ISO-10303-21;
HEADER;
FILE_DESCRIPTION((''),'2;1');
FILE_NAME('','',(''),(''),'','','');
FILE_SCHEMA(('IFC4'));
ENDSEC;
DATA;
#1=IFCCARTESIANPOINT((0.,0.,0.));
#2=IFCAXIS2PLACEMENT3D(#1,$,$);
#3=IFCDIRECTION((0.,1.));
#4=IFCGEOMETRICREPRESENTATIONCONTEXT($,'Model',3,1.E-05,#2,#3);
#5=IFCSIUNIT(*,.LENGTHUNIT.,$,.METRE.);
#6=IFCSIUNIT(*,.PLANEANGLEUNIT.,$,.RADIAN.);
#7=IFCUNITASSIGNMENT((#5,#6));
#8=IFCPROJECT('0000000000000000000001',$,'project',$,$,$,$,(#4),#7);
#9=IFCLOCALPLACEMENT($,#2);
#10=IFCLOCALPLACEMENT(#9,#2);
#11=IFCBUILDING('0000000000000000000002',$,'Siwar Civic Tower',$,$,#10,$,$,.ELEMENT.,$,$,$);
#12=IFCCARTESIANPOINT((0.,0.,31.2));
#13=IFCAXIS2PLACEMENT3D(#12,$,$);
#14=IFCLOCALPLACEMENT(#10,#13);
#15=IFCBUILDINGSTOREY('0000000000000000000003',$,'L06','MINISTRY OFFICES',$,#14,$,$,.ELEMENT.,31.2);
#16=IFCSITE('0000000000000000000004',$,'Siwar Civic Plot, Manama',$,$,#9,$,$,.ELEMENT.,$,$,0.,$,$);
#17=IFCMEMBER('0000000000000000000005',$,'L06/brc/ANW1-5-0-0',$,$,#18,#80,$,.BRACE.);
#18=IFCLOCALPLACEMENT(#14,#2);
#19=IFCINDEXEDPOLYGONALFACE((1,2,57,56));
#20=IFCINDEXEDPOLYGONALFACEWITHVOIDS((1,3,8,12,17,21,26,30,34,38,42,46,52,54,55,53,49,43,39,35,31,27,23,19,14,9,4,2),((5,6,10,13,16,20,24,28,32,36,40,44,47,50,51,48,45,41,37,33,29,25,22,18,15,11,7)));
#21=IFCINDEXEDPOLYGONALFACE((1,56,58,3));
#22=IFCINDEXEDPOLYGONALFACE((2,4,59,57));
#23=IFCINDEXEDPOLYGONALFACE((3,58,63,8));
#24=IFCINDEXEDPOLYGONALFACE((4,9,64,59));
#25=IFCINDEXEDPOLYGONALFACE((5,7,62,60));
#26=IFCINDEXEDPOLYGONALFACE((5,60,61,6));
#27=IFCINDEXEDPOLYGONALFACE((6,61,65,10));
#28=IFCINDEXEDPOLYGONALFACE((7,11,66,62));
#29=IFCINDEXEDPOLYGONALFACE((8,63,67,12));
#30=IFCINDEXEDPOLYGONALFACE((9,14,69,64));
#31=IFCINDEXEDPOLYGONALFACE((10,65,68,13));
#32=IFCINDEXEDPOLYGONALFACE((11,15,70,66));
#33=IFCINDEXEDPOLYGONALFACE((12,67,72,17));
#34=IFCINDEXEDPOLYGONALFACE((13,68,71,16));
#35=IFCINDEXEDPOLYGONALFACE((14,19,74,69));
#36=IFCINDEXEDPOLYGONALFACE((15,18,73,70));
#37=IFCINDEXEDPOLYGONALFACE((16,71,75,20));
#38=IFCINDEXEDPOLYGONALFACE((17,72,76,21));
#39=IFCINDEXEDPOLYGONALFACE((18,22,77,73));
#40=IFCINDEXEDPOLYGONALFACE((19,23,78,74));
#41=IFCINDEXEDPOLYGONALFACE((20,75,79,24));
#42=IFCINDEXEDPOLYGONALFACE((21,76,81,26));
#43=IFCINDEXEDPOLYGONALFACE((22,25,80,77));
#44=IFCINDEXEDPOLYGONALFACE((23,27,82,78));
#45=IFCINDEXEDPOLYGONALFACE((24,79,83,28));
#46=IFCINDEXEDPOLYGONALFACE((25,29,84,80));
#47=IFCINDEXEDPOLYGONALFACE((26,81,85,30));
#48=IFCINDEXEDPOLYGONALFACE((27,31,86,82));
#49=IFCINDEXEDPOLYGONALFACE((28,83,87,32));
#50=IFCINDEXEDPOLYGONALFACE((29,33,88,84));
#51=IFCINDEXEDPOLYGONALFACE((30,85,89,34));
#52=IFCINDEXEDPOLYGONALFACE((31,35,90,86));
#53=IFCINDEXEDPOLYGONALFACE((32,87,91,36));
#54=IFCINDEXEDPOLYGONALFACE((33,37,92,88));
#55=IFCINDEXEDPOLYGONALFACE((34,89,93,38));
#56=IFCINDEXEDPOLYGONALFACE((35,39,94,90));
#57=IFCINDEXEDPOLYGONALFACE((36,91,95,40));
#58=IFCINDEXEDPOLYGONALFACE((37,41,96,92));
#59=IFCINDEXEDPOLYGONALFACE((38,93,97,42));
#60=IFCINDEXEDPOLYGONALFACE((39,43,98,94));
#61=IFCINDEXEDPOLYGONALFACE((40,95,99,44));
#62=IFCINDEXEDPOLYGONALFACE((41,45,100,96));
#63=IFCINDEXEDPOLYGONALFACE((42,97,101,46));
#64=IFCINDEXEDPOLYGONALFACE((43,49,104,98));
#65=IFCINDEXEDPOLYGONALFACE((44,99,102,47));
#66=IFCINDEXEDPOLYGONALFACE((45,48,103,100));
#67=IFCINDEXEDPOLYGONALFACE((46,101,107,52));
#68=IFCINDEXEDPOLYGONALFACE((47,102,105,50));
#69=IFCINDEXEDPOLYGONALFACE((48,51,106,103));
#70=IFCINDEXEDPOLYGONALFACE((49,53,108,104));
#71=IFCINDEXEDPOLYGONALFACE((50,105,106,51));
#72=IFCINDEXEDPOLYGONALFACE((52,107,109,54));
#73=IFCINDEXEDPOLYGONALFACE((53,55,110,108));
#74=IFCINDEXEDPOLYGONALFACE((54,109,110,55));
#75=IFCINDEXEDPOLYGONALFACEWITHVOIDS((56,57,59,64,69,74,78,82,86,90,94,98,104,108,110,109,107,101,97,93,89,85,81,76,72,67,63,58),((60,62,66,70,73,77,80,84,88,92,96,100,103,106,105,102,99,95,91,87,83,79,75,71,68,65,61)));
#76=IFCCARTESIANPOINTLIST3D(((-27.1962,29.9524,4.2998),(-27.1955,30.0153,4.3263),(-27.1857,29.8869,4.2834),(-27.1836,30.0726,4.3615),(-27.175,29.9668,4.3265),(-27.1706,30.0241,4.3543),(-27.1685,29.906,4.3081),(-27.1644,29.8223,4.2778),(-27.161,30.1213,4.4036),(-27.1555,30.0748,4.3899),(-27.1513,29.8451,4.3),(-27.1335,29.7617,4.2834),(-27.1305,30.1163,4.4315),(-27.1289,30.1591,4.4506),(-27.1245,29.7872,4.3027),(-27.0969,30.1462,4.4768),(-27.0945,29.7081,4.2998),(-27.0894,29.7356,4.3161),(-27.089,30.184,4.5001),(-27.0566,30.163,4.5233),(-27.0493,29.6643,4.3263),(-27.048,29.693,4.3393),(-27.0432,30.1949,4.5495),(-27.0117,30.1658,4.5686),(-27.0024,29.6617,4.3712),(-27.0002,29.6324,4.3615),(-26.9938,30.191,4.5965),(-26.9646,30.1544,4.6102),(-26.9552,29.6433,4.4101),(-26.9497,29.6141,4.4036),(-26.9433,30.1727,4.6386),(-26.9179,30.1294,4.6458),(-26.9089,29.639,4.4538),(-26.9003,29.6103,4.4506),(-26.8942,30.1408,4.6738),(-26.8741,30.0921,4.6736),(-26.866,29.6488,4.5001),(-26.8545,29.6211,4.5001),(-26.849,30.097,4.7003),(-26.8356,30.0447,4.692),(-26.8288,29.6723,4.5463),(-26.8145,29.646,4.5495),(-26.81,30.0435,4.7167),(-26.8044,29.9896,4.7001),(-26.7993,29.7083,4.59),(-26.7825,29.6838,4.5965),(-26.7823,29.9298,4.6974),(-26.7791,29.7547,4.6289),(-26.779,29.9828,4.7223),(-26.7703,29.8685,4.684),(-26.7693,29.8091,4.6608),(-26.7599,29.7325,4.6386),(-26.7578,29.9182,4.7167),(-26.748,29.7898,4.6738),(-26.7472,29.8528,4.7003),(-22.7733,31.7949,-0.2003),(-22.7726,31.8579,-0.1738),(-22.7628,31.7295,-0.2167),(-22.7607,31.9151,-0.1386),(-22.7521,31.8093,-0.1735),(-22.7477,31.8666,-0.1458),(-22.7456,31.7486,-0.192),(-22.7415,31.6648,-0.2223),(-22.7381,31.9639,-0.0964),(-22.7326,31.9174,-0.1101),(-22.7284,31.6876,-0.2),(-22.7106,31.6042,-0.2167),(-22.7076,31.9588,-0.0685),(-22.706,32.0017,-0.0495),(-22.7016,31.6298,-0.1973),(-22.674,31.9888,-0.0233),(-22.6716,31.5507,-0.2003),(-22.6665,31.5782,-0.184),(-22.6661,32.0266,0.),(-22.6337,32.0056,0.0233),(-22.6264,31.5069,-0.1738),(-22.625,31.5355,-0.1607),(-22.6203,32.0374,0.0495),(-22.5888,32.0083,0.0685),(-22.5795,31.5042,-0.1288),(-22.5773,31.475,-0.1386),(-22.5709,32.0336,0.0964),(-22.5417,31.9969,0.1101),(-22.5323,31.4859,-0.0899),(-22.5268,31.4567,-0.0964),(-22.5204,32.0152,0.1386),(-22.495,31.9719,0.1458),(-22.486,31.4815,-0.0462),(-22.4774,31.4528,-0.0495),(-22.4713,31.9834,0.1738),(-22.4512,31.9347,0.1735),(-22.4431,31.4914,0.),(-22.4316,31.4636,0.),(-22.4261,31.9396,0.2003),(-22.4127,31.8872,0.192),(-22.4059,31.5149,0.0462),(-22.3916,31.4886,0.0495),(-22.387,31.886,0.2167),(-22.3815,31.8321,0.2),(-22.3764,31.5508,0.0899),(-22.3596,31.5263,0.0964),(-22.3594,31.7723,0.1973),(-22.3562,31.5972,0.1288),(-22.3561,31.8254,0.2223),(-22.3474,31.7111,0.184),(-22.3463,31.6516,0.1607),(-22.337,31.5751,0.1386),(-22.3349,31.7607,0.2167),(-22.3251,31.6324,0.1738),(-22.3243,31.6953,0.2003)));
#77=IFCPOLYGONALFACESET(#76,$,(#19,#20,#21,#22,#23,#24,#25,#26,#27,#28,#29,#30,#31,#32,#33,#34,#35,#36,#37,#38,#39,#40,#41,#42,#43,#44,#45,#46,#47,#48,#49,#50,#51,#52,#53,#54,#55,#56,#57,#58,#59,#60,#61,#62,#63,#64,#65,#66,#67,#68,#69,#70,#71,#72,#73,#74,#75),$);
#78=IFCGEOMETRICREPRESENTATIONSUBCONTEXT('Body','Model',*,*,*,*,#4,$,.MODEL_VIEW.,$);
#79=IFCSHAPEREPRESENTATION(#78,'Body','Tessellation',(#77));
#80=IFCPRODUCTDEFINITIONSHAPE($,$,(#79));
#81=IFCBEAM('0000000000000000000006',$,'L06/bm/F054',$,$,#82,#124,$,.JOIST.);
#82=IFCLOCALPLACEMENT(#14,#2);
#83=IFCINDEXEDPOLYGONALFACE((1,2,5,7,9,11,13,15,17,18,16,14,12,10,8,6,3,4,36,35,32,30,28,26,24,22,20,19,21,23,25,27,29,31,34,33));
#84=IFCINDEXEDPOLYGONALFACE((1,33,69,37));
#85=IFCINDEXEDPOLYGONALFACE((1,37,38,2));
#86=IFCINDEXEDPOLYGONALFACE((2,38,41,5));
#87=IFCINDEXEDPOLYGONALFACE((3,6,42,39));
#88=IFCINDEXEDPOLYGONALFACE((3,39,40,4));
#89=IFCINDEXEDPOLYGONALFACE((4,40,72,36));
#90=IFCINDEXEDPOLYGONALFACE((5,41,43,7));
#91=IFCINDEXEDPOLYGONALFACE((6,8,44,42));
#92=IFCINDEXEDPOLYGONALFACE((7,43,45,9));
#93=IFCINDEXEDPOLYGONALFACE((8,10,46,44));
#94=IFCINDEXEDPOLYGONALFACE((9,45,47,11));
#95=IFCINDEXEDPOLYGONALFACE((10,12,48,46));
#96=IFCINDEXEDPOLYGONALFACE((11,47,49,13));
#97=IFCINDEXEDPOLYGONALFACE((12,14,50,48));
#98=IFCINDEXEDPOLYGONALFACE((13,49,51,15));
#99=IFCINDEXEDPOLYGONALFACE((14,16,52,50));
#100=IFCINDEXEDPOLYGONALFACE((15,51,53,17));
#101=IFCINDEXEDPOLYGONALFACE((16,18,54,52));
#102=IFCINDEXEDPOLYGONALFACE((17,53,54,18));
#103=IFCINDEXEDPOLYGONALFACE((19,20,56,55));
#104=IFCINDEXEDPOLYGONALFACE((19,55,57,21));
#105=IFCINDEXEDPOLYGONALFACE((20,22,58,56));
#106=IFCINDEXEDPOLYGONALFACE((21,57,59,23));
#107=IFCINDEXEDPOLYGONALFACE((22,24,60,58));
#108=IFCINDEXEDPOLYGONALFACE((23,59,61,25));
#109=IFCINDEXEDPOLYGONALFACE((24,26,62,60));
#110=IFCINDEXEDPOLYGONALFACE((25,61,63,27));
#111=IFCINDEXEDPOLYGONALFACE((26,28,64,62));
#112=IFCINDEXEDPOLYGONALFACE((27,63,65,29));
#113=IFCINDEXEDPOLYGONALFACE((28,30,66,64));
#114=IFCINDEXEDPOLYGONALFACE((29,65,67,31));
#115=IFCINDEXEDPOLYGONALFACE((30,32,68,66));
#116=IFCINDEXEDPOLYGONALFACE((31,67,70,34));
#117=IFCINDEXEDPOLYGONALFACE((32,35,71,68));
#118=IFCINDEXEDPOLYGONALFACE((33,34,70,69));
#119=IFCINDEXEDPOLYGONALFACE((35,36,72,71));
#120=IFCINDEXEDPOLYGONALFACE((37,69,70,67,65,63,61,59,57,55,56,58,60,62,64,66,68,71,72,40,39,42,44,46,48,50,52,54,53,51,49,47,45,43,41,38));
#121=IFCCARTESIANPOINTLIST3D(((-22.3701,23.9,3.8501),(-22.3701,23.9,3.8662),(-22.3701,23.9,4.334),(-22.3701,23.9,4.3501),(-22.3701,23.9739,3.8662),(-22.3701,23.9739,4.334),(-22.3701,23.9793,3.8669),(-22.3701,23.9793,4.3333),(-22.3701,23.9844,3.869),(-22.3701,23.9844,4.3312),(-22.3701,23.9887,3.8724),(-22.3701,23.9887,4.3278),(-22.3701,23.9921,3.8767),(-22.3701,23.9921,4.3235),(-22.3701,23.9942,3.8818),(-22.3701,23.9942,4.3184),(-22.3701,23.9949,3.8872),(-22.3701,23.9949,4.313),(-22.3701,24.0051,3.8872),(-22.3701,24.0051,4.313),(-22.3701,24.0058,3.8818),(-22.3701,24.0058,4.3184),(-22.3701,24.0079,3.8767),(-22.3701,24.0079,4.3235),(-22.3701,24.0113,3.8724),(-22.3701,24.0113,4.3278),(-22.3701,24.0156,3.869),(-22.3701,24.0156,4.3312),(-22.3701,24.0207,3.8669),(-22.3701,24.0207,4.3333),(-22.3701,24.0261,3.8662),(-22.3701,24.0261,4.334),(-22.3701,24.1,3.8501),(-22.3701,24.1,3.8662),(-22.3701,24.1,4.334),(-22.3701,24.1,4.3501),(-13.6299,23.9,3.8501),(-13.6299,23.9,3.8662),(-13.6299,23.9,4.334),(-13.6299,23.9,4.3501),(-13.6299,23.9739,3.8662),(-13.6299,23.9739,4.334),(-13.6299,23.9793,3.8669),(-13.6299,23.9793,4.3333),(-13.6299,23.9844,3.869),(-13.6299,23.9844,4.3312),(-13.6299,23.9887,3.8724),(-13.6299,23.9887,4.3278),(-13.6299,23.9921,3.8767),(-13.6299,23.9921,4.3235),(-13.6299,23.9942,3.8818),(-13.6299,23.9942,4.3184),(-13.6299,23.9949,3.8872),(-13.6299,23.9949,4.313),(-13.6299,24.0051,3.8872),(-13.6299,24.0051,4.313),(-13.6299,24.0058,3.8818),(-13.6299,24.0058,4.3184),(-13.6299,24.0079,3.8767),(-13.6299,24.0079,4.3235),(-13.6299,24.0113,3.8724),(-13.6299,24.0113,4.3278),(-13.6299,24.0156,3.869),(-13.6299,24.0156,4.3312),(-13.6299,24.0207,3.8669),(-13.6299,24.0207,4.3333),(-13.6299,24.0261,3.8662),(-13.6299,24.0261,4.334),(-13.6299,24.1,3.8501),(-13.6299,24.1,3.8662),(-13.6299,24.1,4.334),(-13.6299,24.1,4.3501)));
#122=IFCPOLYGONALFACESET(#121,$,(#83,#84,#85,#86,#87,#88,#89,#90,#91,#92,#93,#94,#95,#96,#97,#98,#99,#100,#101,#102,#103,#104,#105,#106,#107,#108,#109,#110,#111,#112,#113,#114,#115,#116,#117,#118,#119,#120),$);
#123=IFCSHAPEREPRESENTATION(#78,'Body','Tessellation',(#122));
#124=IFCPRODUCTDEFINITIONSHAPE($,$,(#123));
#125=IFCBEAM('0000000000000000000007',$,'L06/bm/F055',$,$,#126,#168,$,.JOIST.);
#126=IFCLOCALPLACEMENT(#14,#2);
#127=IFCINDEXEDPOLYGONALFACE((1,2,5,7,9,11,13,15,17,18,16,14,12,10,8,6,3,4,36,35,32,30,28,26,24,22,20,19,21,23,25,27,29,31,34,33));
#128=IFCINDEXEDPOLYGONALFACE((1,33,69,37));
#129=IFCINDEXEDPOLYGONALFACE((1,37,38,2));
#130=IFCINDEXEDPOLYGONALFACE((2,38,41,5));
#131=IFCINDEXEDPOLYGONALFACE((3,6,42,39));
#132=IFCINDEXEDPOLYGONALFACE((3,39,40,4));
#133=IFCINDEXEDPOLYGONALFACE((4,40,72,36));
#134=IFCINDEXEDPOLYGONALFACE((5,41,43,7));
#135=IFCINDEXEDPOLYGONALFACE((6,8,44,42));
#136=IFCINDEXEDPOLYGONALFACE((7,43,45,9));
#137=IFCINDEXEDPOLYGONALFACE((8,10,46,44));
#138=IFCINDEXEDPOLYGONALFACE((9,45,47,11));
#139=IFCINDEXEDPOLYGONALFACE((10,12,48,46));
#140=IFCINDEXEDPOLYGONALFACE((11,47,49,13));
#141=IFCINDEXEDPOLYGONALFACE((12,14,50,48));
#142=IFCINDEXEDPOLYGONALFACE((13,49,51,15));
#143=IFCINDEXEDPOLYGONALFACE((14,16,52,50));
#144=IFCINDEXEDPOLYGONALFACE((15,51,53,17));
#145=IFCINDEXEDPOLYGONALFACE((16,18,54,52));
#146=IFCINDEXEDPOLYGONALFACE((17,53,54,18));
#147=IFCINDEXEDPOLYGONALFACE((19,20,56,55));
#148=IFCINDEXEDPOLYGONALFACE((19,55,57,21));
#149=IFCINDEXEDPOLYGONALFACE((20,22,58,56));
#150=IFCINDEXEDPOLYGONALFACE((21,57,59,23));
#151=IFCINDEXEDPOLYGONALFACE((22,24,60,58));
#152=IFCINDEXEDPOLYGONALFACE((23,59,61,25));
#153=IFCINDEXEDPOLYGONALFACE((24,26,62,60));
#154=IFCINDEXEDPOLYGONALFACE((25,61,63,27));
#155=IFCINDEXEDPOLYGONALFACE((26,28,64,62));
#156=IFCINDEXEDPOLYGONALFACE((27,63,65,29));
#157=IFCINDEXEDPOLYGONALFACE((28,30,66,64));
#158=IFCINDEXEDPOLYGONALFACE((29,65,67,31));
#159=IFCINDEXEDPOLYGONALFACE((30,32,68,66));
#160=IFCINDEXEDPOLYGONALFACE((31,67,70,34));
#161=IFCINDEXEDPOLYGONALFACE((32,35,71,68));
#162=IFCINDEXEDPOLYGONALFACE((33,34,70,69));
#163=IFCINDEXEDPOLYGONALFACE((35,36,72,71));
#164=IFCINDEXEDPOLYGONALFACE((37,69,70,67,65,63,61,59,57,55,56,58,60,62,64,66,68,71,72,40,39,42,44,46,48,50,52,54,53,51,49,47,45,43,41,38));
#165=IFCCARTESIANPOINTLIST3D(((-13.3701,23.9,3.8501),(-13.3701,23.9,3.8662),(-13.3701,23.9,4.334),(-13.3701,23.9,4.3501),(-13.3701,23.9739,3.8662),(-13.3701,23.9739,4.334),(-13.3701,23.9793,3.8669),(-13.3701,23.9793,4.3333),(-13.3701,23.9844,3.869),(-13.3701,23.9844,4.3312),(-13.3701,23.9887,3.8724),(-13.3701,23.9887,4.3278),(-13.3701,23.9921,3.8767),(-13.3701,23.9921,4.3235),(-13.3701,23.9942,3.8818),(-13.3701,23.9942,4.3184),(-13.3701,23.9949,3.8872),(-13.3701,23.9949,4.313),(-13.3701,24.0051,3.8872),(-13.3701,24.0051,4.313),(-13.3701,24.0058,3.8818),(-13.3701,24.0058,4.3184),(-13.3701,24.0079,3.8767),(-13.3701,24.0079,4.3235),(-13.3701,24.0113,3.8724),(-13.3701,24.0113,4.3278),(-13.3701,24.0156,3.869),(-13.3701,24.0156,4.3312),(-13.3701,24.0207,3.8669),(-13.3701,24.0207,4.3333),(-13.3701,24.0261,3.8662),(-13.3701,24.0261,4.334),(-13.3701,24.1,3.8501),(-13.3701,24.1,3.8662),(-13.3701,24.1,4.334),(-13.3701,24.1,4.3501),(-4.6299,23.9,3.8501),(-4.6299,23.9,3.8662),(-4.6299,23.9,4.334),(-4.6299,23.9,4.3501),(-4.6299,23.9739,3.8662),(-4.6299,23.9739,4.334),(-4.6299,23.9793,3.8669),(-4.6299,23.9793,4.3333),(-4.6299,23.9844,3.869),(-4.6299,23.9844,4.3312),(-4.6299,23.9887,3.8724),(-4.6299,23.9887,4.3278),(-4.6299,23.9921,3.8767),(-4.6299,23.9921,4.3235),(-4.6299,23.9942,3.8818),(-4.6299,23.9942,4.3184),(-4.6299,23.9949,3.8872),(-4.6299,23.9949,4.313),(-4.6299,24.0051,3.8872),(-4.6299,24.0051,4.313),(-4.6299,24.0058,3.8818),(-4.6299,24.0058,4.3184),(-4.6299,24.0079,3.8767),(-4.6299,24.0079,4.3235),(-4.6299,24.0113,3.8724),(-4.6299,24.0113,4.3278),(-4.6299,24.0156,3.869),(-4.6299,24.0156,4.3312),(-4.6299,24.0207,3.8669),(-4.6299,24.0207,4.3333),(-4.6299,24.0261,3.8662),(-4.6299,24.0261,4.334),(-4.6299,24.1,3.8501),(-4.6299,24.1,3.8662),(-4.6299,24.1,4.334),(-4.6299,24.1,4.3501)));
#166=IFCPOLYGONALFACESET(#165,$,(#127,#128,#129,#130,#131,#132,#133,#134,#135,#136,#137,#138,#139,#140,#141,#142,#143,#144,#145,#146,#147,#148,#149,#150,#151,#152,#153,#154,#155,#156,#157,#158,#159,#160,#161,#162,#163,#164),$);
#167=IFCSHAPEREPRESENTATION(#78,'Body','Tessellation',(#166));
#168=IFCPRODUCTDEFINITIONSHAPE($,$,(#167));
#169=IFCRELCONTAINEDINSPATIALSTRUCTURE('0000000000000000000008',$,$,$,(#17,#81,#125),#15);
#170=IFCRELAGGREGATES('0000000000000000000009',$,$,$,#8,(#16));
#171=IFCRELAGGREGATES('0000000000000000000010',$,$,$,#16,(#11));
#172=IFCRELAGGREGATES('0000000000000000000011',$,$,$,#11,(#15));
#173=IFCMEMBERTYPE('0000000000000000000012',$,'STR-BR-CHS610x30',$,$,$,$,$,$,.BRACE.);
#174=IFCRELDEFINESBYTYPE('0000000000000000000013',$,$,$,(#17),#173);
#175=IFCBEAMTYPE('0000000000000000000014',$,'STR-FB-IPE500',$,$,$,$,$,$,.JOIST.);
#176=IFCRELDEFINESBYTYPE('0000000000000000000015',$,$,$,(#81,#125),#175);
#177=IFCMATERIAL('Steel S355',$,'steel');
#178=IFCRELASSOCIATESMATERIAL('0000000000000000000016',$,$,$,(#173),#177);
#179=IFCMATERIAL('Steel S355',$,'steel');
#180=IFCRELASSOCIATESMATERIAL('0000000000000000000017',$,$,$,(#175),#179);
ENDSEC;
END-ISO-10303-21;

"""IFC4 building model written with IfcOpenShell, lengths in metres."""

from ifc_helpers import new_model, si_unit, direction, frame, origin, origin_2d, place, context, subcontext, project, spatial, hollow_circle, i_section, extrude, material, material_profile, profile_set, type_object, element, save


model = new_model("IFC4")

# Units and contexts
model_context = context("Model", 3, precision=1e-05, world=origin(), true_north=direction((0.0, 1.0)))
body_context = subcontext(model_context, "Body", "Model", "MODEL_VIEW")
ifc_project = project(units=[si_unit("LENGTHUNIT", "METRE"), si_unit("PLANEANGLEUNIT", "RADIAN")], contexts=[model_context])

# Site, building, storey
site_placement = place(None, origin())
site = spatial("IfcSite", under=ifc_project, at=site_placement, Name="Siwar Civic Plot, Manama", CompositionType="ELEMENT", RefElevation=0.0)
building_placement = place(site_placement, origin())
building = spatial("IfcBuilding", under=site, at=building_placement, Name="Siwar Civic Tower", CompositionType="ELEMENT")
storey_placement = place(building_placement, frame((0.0, 0.0, 31.2)))
storey = spatial("IfcBuildingStorey", under=building, at=storey_placement, Name="L06", Description="MINISTRY OFFICES", CompositionType="ELEMENT", Elevation=31.2)

# Member
ifc_material_1 = material(Name="Steel S355", Category="steel")
ifc_material_profile_1 = material_profile(ifc_material_1, hollow_circle(Radius=0.3049, WallThickness=0.03, at=origin_2d()), Name="CHS610x30")
ifc_profile_set_1 = profile_set([ifc_material_profile_1], Name="Steel S355")
member_type_1 = type_object("IfcMemberType", Name="STR-BR-CHS610x30", PredefinedType="BRACE", material=ifc_profile_set_1)
member_1_placement = place(storey_placement, frame((-22.5488, 31.7451, 0.0), z_axis=(-0.672865, -0.280311, 0.684601), x_axis=(0.384557, -0.923101, 0.0)))
element("IfcMember", 1, at=member_1_placement, inside=storey, type_object=member_type_1, Name="L06/brc/ANW1-5-0-0", PredefinedType="BRACE", context=body_context, shape_type="SweptSolid", body=[
    extrude(hollow_circle(Radius=0.3049, WallThickness=0.03, at=origin_2d()), origin(), (0.0, 0.0, 1.0), 6.5732),
])

# Beams
ifc_material_2 = material(Name="Steel S355", Category="steel")
ifc_material_profile_2 = material_profile(ifc_material_2, i_section(OverallWidth=0.2, OverallDepth=0.5, WebThickness=0.0103, FlangeThickness=0.0161, FilletRadius=0.021, at=origin_2d()), Name="IPE500")
ifc_profile_set_2 = profile_set([ifc_material_profile_2], Name="Steel S355")
beam_type_1 = type_object("IfcBeamType", Name="STR-FB-IPE500", PredefinedType="JOIST", material=ifc_profile_set_2)
for number, where, z_axis, x_axis, name in (
    (2, (-22.3701, 24.0, 4.1001), (1.0, 0.0, 0.0), (0.0, 1.0, 0.0), "L06/bm/F054"),
    (3, (-13.3701, 24.0, 4.1001), (1.0, 0.0, 0.0), (0.0, 1.0, 0.0), "L06/bm/F055"),
):
    element("IfcBeam", number, at=place(storey_placement, frame(where, z_axis=z_axis, x_axis=x_axis)), inside=storey, type_object=beam_type_1, Name=name, PredefinedType="JOIST", context=body_context, shape_type="SweptSolid", body=[
        extrude(i_section(OverallWidth=0.2, OverallDepth=0.5, WebThickness=0.0103, FlangeThickness=0.0161, FilletRadius=0.021, at=origin_2d()), origin(), (0.0, 0.0, 1.0), 8.7402),
    ])

save(model, "model.ifc")
